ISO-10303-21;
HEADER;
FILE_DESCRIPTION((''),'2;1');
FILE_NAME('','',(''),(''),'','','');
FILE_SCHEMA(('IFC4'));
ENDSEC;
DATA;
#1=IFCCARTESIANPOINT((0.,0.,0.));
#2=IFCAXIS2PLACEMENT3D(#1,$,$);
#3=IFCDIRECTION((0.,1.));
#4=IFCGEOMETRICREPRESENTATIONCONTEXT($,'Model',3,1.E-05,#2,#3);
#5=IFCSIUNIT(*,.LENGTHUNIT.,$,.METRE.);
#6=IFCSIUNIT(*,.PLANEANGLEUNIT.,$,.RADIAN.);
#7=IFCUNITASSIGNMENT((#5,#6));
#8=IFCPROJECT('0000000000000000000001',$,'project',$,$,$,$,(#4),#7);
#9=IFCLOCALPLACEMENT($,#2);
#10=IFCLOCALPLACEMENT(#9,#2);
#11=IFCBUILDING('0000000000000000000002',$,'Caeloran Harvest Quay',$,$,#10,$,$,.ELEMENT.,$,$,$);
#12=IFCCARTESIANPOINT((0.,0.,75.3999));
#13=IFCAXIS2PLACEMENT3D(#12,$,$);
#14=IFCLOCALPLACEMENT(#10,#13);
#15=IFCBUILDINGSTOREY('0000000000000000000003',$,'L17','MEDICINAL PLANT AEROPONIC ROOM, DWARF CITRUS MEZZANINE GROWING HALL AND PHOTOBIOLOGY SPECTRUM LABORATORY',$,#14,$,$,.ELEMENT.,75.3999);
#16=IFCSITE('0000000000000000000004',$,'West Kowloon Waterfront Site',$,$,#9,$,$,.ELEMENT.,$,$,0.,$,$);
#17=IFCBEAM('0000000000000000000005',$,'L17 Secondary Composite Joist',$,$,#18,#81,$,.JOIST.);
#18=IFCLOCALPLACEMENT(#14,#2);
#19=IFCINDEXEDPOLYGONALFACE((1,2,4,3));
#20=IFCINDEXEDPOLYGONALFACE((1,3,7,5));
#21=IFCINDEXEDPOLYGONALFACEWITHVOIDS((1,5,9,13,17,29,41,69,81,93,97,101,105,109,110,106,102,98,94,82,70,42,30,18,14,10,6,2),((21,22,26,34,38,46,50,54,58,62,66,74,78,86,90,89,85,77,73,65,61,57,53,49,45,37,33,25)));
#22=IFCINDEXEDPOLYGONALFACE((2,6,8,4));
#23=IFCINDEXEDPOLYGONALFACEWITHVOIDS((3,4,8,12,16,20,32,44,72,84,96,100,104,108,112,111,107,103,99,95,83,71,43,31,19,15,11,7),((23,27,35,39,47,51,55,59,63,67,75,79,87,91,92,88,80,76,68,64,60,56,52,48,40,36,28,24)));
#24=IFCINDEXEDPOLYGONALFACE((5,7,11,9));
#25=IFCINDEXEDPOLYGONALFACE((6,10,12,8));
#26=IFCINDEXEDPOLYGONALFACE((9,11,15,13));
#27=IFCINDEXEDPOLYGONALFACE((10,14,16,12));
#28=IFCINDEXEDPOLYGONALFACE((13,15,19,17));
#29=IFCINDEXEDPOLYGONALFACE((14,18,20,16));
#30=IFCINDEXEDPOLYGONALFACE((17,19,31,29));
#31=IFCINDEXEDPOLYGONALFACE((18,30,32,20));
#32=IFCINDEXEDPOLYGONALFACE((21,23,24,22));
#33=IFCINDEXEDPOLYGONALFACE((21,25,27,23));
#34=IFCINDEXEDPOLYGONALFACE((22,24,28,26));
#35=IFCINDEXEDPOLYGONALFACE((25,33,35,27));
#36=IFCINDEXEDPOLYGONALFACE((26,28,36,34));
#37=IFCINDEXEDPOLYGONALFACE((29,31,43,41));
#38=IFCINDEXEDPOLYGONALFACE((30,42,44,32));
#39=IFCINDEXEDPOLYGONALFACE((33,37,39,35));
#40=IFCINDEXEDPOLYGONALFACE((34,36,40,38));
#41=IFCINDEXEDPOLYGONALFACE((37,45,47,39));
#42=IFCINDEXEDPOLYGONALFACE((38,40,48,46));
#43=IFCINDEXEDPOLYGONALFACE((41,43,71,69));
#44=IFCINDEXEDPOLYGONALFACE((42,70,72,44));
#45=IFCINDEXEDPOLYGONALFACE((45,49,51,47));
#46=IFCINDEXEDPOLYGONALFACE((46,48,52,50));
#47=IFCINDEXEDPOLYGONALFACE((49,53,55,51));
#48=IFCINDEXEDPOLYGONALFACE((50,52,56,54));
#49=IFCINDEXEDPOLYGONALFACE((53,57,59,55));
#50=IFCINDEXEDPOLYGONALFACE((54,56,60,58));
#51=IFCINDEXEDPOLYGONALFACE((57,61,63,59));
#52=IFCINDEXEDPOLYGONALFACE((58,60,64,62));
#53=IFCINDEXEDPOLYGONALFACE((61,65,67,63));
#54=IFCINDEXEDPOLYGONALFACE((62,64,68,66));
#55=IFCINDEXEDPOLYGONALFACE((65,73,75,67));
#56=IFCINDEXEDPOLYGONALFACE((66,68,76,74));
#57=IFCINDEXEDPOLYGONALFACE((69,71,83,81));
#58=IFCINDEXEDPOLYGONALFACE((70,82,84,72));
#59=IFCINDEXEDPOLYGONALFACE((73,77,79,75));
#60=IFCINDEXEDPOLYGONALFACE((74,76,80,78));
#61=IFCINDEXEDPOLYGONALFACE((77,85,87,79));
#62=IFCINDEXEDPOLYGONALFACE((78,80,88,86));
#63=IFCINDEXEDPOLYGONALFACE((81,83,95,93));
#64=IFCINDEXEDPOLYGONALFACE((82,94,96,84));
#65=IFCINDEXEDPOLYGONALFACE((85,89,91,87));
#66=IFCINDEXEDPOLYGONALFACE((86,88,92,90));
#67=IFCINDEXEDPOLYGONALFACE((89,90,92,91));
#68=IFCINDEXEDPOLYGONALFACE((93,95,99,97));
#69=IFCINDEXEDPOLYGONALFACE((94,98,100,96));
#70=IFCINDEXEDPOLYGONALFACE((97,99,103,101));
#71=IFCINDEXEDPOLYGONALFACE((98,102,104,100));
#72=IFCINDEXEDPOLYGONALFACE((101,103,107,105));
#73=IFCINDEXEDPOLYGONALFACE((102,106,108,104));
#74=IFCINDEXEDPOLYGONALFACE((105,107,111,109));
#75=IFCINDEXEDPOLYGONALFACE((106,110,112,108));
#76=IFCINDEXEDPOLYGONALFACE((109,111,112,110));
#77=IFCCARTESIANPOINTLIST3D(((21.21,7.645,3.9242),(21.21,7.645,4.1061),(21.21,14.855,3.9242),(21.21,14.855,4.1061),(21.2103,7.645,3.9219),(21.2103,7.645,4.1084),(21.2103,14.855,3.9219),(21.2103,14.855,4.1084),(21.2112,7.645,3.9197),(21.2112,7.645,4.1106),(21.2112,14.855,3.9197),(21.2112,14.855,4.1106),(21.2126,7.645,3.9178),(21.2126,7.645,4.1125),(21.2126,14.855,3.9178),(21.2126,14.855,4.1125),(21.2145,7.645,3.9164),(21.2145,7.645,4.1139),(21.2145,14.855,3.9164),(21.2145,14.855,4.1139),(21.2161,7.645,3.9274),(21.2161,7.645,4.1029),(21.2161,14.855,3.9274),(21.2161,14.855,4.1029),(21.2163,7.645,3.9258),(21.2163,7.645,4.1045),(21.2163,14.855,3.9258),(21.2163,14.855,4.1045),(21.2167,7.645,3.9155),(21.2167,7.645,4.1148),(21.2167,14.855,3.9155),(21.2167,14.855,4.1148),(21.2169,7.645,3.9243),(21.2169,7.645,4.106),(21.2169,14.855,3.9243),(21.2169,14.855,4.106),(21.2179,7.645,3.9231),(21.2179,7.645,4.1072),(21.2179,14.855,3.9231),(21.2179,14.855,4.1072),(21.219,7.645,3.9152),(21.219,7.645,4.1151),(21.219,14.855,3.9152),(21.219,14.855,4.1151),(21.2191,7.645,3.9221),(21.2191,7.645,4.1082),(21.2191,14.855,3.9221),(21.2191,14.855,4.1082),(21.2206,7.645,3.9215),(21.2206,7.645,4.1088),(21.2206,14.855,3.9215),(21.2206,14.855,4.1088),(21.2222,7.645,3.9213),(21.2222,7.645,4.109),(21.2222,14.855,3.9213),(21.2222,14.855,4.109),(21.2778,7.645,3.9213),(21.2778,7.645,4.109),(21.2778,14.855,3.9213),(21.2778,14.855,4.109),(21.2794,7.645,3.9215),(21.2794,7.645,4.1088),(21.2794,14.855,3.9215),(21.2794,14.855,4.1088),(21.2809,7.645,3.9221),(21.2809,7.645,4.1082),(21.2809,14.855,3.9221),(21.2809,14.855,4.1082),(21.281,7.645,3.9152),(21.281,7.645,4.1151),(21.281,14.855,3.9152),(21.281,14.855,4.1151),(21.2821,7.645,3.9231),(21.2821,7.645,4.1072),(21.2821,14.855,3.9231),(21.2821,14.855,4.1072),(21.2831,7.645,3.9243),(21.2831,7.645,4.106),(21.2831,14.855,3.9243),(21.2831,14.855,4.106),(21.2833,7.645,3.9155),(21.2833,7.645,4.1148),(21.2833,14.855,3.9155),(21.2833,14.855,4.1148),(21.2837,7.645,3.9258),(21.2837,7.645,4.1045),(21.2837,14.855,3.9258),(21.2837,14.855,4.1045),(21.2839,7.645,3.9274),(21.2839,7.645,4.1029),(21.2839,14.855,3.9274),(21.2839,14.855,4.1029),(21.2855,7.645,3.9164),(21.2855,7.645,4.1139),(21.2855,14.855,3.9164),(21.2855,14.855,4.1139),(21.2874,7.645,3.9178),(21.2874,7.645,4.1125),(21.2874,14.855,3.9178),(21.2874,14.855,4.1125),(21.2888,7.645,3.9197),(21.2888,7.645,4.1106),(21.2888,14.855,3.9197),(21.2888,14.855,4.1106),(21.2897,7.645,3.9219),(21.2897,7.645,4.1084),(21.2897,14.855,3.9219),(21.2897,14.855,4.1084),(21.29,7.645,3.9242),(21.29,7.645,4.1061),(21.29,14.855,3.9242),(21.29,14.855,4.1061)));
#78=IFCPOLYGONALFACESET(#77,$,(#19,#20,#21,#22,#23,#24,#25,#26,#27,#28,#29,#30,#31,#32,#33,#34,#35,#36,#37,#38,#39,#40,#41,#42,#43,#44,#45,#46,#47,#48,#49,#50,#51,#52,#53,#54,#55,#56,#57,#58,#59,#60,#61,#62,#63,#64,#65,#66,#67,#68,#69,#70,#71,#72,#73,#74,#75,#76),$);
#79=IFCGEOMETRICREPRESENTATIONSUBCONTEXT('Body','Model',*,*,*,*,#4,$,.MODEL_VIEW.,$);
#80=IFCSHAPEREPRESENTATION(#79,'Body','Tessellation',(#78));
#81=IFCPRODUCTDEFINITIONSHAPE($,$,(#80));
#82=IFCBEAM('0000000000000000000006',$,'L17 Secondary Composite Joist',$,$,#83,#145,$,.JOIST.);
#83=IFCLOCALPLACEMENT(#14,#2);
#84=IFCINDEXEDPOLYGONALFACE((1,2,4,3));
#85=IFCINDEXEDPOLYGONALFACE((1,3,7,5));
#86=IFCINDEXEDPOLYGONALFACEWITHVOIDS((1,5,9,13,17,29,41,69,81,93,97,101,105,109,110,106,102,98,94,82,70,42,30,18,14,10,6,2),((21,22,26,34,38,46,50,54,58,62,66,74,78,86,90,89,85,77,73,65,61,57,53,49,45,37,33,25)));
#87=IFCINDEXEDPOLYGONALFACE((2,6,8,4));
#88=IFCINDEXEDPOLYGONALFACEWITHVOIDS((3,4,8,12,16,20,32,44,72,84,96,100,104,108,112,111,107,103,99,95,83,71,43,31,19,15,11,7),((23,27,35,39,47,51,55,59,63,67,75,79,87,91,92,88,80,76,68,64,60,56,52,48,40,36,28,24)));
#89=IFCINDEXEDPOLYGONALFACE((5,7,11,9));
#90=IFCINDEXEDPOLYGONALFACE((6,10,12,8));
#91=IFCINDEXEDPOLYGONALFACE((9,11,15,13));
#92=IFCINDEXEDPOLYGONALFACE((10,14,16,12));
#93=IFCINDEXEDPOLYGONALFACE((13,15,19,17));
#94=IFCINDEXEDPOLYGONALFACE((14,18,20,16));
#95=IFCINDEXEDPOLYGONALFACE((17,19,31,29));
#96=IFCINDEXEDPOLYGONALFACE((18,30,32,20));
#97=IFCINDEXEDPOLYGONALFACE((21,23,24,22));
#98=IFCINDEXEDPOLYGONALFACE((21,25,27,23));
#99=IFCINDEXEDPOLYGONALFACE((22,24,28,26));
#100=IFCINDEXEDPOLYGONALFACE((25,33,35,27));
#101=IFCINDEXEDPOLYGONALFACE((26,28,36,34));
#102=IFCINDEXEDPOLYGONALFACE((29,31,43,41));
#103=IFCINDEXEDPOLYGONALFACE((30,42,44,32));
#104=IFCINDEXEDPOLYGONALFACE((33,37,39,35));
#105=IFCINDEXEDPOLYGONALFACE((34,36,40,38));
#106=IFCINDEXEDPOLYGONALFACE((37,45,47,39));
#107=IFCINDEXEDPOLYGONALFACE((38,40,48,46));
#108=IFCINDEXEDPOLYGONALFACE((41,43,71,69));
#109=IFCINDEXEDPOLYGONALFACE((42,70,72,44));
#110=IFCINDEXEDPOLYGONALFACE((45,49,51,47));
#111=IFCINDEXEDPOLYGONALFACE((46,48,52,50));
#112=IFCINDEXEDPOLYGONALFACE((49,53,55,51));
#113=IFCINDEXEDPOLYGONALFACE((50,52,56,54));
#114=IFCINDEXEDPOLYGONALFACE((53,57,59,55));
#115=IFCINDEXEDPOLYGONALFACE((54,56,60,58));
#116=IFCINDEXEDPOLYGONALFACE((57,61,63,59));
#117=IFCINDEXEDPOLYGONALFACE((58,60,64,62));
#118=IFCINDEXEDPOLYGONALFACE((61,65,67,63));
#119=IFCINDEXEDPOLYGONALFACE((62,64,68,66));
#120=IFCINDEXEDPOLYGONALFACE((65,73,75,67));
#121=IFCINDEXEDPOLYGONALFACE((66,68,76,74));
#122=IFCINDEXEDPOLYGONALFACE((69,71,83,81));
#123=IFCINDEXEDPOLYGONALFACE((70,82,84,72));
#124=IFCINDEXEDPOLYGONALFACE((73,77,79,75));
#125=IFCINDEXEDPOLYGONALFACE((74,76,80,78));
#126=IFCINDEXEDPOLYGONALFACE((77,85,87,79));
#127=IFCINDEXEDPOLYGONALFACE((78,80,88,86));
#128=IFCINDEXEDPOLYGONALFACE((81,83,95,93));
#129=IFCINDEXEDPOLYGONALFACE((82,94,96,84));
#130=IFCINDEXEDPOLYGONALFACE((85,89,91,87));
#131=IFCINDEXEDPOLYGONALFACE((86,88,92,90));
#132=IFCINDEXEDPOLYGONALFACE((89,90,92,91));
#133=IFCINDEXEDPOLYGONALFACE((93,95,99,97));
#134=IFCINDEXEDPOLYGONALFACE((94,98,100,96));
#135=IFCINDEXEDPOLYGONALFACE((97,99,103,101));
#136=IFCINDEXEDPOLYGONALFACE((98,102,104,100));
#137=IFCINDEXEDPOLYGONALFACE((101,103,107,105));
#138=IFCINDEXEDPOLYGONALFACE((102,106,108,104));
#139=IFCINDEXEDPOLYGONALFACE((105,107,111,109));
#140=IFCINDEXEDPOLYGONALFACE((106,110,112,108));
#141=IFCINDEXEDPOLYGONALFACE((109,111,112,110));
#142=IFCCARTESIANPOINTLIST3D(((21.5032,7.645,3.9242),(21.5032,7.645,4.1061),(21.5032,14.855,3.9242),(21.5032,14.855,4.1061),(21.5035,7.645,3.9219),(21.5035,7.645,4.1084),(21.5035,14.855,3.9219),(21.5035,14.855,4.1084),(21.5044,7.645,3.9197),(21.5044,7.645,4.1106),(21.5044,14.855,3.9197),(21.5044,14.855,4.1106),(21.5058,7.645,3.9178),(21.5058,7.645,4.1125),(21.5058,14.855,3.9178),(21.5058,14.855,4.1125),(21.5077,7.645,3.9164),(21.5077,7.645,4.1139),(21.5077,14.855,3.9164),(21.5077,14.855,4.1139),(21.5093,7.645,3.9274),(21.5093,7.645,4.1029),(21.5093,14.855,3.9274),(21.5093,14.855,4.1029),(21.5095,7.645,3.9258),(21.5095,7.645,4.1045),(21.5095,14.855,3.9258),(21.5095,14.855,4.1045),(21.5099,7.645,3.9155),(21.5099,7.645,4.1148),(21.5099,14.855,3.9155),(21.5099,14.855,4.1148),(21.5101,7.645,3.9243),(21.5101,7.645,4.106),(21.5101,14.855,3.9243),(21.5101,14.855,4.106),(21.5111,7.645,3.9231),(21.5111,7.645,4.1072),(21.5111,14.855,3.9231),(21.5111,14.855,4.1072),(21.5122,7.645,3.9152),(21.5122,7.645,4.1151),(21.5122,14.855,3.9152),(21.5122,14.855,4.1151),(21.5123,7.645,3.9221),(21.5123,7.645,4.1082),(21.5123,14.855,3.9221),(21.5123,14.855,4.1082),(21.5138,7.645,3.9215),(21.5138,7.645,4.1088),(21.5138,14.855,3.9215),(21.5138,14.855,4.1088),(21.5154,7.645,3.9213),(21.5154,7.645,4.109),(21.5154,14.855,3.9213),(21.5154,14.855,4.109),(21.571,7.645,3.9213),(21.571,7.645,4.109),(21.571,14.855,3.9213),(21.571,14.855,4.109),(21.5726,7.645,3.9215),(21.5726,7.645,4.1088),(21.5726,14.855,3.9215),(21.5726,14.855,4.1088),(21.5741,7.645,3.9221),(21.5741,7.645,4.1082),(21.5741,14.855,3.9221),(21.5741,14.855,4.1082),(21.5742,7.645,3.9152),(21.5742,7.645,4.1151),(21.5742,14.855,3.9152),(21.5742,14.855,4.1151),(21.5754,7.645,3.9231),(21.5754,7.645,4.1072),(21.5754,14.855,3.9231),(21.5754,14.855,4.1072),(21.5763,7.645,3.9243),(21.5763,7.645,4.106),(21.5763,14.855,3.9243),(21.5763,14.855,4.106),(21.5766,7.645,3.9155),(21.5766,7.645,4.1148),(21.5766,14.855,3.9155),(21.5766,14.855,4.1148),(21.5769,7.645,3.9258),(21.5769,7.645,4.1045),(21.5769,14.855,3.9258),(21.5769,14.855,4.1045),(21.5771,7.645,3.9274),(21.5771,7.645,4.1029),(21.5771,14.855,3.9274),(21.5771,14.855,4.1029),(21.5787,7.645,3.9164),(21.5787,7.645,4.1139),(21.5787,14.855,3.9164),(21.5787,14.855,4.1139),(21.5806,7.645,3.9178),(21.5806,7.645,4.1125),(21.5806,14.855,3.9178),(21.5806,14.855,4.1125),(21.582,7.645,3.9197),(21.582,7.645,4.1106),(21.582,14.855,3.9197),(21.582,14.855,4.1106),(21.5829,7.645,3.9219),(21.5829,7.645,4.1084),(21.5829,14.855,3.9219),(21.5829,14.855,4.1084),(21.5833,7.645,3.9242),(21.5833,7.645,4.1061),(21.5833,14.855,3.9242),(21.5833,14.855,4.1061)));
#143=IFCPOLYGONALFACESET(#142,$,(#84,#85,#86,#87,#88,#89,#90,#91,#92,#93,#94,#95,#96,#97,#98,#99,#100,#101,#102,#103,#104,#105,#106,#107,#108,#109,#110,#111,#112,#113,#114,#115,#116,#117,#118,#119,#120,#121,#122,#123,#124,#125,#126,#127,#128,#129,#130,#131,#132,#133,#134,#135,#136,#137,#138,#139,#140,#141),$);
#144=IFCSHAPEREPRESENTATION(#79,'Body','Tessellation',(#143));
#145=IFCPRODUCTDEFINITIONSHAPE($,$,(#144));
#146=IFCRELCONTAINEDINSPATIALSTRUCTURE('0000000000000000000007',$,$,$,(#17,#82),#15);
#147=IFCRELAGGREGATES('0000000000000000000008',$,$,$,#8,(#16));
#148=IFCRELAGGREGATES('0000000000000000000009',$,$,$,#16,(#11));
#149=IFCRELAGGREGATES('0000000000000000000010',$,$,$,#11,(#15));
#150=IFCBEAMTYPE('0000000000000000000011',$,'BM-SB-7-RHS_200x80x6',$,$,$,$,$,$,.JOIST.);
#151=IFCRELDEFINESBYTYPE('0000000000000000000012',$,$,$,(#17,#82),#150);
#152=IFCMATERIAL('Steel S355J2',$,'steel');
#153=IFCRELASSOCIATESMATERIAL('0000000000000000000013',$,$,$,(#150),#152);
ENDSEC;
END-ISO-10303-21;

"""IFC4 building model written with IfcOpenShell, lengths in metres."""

from ifc_helpers import new_model, si_unit, direction, frame, origin, origin_2d, place, context, subcontext, project, spatial, hollow_rectangle, extrude, material, material_profile, profile_set, type_object, element, save


model = new_model("IFC4")

# Units and contexts
model_context = context("Model", 3, precision=1e-05, world=origin(), true_north=direction((0.0, 1.0)))
body_context = subcontext(model_context, "Body", "Model", "MODEL_VIEW")
ifc_project = project(units=[si_unit("LENGTHUNIT", "METRE"), si_unit("PLANEANGLEUNIT", "RADIAN")], contexts=[model_context])

# Site, building, storey
site_placement = place(None, origin())
site = spatial("IfcSite", under=ifc_project, at=site_placement, Name="West Kowloon Waterfront Site", CompositionType="ELEMENT", RefElevation=0.0)
building_placement = place(site_placement, origin())
building = spatial("IfcBuilding", under=site, at=building_placement, Name="Caeloran Harvest Quay", CompositionType="ELEMENT")
storey_placement = place(building_placement, frame((0.0, 0.0, 75.3999)))
storey = spatial("IfcBuildingStorey", under=building, at=storey_placement, Name="L17", Description="MEDICINAL PLANT AEROPONIC ROOM, DWARF CITRUS MEZZANINE GROWING HALL AND PHOTOBIOLOGY SPECTRUM LABORATORY", CompositionType="ELEMENT", Elevation=75.3999)

# Beams
ifc_material_1 = material(Name="Steel S355J2", Category="steel")
ifc_material_profile_1 = material_profile(ifc_material_1, hollow_rectangle(XDim=0.0801, YDim=0.2, WallThickness=0.0061, InnerFilletRadius=0.0061, OuterFilletRadius=0.009, at=origin_2d()), Name="RHS 200x80x6")
ifc_profile_set_1 = profile_set([ifc_material_profile_1], Name="Steel S355J2")
beam_type_1 = type_object("IfcBeamType", Name="BM-SB-7-RHS_200x80x6", PredefinedType="JOIST", material=ifc_profile_set_1)
for number, where, z_axis, x_axis, name in (
    (1, (21.25, 7.645, 4.0151), (0.0, 1.0, 0.0), (-1.0, 0.0, 0.0), "L17 Secondary Composite Joist"),
    (2, (21.5432, 7.645, 4.0151), (0.0, 1.0, 0.0), (-1.0, 0.0, 0.0), "L17 Secondary Composite Joist"),
):
    element("IfcBeam", number, at=place(storey_placement, frame(where, z_axis=z_axis, x_axis=x_axis)), inside=storey, type_object=beam_type_1, Name=name, PredefinedType="JOIST", context=body_context, shape_type="SweptSolid", body=[
        extrude(hollow_rectangle(XDim=0.0801, YDim=0.2, WallThickness=0.0061, InnerFilletRadius=0.0061, OuterFilletRadius=0.009, at=origin_2d()), origin(), (0.0, 0.0, 1.0), 7.21),
    ])

save(model, "model.ifc")
